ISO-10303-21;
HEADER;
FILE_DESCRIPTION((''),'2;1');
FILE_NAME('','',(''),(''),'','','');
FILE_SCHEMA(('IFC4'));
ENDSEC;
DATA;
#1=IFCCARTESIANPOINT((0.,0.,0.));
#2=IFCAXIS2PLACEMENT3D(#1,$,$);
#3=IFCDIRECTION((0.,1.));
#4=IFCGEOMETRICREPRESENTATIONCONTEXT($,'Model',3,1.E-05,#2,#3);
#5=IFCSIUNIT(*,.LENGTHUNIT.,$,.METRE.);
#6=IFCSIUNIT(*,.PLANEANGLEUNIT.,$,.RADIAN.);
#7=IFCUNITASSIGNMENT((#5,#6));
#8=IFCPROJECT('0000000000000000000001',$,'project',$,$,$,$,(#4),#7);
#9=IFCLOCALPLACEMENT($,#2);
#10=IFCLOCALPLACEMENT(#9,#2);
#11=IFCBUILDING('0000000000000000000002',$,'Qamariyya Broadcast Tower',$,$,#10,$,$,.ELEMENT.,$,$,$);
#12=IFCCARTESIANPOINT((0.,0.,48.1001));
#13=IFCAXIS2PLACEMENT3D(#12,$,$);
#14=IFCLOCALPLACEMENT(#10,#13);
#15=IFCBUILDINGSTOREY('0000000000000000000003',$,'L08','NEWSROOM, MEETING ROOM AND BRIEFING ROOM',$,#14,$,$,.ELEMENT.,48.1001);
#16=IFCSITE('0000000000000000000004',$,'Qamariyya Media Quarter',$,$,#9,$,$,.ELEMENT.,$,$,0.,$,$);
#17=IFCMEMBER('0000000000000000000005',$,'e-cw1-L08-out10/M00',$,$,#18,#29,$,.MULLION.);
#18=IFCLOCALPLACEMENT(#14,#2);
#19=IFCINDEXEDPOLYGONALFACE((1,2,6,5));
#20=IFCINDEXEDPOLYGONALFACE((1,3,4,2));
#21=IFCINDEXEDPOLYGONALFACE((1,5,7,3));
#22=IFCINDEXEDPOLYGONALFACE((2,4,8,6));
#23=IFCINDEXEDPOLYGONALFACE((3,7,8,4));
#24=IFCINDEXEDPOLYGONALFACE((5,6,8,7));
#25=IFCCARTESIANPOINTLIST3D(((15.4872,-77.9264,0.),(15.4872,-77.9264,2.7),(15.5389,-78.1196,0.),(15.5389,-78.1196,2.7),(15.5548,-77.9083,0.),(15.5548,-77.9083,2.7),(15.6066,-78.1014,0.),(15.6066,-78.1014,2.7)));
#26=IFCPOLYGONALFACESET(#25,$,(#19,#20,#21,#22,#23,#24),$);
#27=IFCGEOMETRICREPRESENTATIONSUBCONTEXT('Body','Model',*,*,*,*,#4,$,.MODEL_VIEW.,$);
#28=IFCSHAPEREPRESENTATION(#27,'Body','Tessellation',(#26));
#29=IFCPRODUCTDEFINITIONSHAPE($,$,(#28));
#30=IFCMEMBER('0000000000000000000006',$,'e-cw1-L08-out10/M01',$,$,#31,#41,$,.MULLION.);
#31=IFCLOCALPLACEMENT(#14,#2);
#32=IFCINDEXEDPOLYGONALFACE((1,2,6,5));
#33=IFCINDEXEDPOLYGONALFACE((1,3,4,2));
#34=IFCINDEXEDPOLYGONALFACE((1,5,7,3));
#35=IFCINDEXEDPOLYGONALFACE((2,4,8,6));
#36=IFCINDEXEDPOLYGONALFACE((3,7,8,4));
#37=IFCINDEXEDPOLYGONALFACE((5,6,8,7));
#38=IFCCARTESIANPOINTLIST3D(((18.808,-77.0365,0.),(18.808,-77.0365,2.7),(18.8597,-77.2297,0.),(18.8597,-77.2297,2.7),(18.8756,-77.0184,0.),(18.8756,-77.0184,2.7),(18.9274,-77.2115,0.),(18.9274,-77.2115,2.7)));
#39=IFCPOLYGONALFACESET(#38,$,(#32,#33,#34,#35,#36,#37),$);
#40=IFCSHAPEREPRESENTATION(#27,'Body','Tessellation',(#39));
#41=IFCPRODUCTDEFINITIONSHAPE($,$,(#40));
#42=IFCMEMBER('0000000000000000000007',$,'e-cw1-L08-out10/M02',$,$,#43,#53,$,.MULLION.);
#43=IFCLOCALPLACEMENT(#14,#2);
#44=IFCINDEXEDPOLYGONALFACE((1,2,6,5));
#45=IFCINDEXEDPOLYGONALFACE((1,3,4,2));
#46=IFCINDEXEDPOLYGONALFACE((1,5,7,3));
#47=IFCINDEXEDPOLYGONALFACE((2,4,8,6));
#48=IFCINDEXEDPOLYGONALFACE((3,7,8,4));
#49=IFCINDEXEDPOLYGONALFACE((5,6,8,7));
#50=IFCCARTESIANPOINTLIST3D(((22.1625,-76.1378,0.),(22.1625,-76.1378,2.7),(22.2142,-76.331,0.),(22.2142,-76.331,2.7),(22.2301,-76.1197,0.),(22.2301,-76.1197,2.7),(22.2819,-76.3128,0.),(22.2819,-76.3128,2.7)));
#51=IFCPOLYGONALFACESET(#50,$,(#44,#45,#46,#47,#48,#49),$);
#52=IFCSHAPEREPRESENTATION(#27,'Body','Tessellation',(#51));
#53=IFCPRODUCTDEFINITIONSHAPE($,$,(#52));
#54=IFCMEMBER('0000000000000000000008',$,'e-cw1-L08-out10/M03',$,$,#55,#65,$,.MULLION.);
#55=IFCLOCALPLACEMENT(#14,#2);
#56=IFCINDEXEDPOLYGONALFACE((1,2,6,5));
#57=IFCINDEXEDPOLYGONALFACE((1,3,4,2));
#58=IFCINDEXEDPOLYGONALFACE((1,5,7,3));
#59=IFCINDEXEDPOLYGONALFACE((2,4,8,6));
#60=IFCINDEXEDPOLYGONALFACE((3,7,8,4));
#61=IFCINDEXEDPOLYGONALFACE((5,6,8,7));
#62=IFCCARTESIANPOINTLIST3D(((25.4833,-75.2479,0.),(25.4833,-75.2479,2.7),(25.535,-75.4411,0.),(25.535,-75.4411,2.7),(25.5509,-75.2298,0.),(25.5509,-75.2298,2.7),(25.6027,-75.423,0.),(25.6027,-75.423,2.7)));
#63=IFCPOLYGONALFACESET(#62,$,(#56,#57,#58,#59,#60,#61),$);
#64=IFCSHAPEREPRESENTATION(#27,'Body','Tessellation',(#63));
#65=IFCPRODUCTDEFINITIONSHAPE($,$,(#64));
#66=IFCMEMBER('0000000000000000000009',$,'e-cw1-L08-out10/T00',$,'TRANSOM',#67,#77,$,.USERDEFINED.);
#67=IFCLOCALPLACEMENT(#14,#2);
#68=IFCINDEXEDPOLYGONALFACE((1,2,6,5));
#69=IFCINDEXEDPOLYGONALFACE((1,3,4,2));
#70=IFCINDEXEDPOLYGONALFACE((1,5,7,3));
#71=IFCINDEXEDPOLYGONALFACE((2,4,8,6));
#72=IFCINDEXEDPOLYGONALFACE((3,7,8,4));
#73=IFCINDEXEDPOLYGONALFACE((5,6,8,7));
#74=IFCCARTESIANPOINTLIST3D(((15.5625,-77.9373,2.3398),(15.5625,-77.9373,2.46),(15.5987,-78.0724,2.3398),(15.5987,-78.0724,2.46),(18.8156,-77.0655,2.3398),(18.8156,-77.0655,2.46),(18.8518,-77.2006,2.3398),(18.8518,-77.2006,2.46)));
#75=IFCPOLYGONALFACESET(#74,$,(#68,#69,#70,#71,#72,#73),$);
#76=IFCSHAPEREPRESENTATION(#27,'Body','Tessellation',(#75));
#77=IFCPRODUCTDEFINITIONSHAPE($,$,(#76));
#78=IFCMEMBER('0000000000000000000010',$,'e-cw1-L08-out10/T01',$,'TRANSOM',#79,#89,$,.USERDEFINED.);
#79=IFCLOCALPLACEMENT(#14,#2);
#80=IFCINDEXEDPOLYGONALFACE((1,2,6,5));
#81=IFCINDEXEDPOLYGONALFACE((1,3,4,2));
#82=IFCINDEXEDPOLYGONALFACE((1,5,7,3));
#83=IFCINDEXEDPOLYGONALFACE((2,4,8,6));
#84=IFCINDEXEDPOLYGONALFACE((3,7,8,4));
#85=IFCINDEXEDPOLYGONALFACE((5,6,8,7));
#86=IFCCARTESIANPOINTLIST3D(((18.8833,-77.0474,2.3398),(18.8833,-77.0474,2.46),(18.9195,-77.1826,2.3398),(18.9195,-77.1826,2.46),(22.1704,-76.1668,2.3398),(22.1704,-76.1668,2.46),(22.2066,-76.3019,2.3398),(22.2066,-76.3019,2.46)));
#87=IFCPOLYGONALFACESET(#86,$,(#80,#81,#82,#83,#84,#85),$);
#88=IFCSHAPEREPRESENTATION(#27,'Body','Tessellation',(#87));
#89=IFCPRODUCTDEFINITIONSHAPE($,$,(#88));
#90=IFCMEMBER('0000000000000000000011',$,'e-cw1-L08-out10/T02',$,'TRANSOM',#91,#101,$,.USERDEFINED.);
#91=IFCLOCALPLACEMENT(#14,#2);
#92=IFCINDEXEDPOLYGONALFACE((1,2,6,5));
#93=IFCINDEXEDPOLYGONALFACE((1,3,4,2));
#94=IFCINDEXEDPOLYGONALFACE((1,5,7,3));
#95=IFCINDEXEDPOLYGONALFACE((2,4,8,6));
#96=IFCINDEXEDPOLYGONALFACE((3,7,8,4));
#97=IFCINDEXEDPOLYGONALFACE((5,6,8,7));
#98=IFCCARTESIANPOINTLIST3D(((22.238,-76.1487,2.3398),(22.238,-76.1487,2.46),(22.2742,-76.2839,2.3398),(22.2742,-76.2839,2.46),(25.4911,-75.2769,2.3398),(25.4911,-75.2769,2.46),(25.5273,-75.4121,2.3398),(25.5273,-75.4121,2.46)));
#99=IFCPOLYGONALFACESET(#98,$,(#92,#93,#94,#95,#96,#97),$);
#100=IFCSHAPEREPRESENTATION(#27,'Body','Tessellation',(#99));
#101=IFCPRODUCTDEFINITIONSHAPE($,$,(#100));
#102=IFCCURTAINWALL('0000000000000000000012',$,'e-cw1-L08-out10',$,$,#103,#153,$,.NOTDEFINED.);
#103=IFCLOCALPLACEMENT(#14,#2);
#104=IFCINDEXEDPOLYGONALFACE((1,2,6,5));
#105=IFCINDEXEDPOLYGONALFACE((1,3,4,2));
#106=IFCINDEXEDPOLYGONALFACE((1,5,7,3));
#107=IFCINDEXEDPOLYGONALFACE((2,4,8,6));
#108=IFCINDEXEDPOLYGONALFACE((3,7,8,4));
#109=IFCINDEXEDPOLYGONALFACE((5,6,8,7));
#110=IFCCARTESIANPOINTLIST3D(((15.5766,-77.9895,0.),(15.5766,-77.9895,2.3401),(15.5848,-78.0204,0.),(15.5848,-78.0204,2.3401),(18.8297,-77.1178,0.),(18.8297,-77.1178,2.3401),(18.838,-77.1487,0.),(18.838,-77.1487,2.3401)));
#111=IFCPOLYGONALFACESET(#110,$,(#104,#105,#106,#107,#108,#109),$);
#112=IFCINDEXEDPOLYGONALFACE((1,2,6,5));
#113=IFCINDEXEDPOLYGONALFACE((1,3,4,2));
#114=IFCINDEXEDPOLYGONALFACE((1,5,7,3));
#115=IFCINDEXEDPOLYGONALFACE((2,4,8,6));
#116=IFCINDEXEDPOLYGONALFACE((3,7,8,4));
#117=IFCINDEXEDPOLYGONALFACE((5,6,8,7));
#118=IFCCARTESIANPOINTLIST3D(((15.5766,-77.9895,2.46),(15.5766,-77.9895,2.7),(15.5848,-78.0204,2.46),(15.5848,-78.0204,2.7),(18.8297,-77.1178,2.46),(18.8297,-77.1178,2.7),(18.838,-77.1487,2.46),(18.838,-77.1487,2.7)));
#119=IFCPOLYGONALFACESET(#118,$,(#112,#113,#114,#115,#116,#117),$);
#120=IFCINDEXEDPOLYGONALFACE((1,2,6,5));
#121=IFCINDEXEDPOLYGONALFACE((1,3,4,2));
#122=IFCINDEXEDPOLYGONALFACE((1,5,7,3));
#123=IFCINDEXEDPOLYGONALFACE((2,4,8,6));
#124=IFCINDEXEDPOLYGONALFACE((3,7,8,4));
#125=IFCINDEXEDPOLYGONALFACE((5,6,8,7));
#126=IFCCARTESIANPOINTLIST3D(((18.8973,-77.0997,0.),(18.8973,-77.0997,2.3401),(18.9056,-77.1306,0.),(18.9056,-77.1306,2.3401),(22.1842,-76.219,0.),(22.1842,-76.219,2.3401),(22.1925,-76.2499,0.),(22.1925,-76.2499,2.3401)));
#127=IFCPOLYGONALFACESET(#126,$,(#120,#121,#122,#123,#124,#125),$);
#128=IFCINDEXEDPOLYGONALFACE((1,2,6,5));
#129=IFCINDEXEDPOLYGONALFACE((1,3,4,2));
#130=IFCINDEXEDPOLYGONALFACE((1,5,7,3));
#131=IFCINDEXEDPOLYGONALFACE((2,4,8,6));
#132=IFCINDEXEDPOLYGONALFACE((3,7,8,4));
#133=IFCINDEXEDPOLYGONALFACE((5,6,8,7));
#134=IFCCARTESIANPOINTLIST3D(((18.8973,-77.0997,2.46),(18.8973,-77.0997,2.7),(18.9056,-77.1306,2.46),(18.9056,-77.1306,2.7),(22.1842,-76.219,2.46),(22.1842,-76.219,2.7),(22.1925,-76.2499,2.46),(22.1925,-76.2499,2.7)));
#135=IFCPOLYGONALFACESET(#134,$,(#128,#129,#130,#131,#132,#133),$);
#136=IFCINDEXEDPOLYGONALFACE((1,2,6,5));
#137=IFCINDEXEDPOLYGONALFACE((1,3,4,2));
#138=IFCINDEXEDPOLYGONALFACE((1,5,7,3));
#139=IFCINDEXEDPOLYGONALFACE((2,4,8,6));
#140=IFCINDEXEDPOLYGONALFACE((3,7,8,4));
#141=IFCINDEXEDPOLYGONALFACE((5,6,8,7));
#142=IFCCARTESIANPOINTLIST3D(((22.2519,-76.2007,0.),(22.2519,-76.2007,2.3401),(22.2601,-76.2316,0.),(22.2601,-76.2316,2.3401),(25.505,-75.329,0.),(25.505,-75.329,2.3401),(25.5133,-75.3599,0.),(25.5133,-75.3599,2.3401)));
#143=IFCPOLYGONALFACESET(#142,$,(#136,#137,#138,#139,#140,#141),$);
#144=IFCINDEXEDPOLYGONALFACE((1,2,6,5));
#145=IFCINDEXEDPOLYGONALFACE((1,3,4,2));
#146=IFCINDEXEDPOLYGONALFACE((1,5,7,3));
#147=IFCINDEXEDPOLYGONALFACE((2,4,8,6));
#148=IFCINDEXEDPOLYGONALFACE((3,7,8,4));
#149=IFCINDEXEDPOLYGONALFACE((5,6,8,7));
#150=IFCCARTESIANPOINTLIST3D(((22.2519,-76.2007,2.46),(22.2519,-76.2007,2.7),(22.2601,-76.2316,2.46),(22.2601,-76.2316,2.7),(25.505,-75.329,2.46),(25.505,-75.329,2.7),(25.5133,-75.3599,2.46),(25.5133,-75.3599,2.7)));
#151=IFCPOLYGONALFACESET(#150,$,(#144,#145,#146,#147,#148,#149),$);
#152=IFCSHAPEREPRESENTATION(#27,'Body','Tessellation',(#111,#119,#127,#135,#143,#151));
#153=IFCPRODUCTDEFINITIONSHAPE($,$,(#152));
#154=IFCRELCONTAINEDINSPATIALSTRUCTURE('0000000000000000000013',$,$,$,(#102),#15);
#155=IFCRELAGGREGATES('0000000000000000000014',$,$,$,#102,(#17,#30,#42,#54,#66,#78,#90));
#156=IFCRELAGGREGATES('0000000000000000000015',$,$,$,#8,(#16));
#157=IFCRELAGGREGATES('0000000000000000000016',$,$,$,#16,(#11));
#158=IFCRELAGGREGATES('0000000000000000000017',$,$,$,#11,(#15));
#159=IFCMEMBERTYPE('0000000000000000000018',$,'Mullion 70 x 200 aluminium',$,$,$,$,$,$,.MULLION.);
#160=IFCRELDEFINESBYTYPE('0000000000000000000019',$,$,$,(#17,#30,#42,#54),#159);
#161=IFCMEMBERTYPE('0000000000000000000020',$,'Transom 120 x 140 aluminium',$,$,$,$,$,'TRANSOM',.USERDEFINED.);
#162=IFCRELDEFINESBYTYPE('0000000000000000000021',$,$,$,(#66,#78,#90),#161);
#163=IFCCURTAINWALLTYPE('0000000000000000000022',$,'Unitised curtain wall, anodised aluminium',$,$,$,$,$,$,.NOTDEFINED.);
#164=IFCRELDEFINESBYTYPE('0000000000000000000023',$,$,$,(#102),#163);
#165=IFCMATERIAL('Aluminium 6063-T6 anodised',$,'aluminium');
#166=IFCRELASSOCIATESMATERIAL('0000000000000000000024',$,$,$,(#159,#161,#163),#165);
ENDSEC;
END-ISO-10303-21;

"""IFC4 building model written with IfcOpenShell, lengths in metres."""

from ifc_helpers import new_model, si_unit, direction, frame, origin, origin_2d, place, context, subcontext, project, spatial, rectangle, extrude, material, material_profile, profile_set, type_object, element, aggregate, save


model = new_model("IFC4")

# Units and contexts
model_context = context("Model", 3, precision=1e-05, world=origin(), true_north=direction((0.0, 1.0)))
body_context = subcontext(model_context, "Body", "Model", "MODEL_VIEW")
ifc_project = project(units=[si_unit("LENGTHUNIT", "METRE"), si_unit("PLANEANGLEUNIT", "RADIAN")], contexts=[model_context])

# Members
ifc_material = material(Name="Aluminium 6063-T6 anodised", Category="aluminium")
ifc_material_profile_1 = material_profile(ifc_material, rectangle(XDim=0.2, YDim=0.0701, at=origin_2d()))
ifc_profile_set_1 = profile_set([ifc_material_profile_1], Name="Aluminium 6063-T6 anodised")
member_type_1 = type_object("IfcMemberType", Name="Mullion 70 x 200 aluminium", PredefinedType="MULLION", material=ifc_profile_set_1)
site_placement = place(None, origin())
building_placement = place(site_placement, origin())
storey_placement = place(building_placement, frame((0.0, 0.0, 48.1001)))
member_1_placement = place(storey_placement, frame((15.5469, -78.0139, 0.0), z_axis=(0.0, 0.0, 1.0), x_axis=(-0.258819, 0.965926, 0.0)))
member_1 = element("IfcMember", 1, at=member_1_placement, type_object=member_type_1, Name="e-cw1-L08-out10/M00", PredefinedType="MULLION", context=body_context, shape_type="SweptSolid", body=[
    extrude(rectangle(XDim=0.2, YDim=0.0701, at=origin_2d()), origin(), (0.0, 0.0, 1.0), 2.7),
])
member_2_placement = place(storey_placement, frame((18.8677, -77.124, 0.0), z_axis=(0.0, 0.0, 1.0), x_axis=(-0.258819, 0.965926, 0.0)))
member_2 = element("IfcMember", 2, at=member_2_placement, type_object=member_type_1, Name="e-cw1-L08-out10/M01", PredefinedType="MULLION", context=body_context, shape_type="SweptSolid", body=[
    extrude(rectangle(XDim=0.2, YDim=0.0701, at=origin_2d()), origin(), (0.0, 0.0, 1.0), 2.7),
])
member_3_placement = place(storey_placement, frame((22.2222, -76.2253, 0.0), z_axis=(0.0, 0.0, 1.0), x_axis=(-0.258819, 0.965926, 0.0)))
member_3 = element("IfcMember", 3, at=member_3_placement, type_object=member_type_1, Name="e-cw1-L08-out10/M02", PredefinedType="MULLION", context=body_context, shape_type="SweptSolid", body=[
    extrude(rectangle(XDim=0.2, YDim=0.0701, at=origin_2d()), origin(), (0.0, 0.0, 1.0), 2.7),
])
member_4_placement = place(storey_placement, frame((25.543, -75.3354, 0.0), z_axis=(0.0, 0.0, 1.0), x_axis=(-0.258819, 0.965926, 0.0)))
member_4 = element("IfcMember", 4, at=member_4_placement, type_object=member_type_1, Name="e-cw1-L08-out10/M03", PredefinedType="MULLION", context=body_context, shape_type="SweptSolid", body=[
    extrude(rectangle(XDim=0.2, YDim=0.0701, at=origin_2d()), origin(), (0.0, 0.0, 1.0), 2.7),
])
ifc_material_profile_2 = material_profile(ifc_material, rectangle(XDim=0.1399, YDim=0.1201, at=origin_2d()))
ifc_profile_set_2 = profile_set([ifc_material_profile_2], Name="Aluminium 6063-T6 anodised")
member_type_2 = type_object("IfcMemberType", Name="Transom 120 x 140 aluminium", ElementType="TRANSOM", PredefinedType="USERDEFINED", material=ifc_profile_set_2)
member_5_placement = place(storey_placement, frame((15.5806, -78.0049, 2.3999), z_axis=(0.965915, 0.258858, 0.0), x_axis=(-0.258858, 0.965915, 0.0)))
member_5 = element("IfcMember", 5, at=member_5_placement, type_object=member_type_2, Name="e-cw1-L08-out10/T00", ObjectType="TRANSOM", PredefinedType="USERDEFINED", context=body_context, shape_type="SweptSolid", body=[
    extrude(rectangle(XDim=0.1399, YDim=0.1201, at=origin_2d()), origin(), (0.0, 0.0, 1.0), 3.3679),
])
member_6_placement = place(storey_placement, frame((18.9014, -77.115, 2.3999), z_axis=(0.965938, 0.258774, 0.0), x_axis=(-0.258774, 0.965938, 0.0)))
member_6 = element("IfcMember", 6, at=member_6_placement, type_object=member_type_2, Name="e-cw1-L08-out10/T01", ObjectType="TRANSOM", PredefinedType="USERDEFINED", context=body_context, shape_type="SweptSolid", body=[
    extrude(rectangle(XDim=0.1399, YDim=0.1201, at=origin_2d()), origin(), (0.0, 0.0, 1.0), 3.4031),
])
member_7_placement = place(storey_placement, frame((22.2561, -76.2163, 2.3999), z_axis=(0.965915, 0.258858, 0.0), x_axis=(-0.258858, 0.965915, 0.0)))
member_7 = element("IfcMember", 7, at=member_7_placement, type_object=member_type_2, Name="e-cw1-L08-out10/T02", ObjectType="TRANSOM", PredefinedType="USERDEFINED", context=body_context, shape_type="SweptSolid", body=[
    extrude(rectangle(XDim=0.1399, YDim=0.1201, at=origin_2d()), origin(), (0.0, 0.0, 1.0), 3.3679),
])

# Site, building, storey
site = spatial("IfcSite", under=ifc_project, at=site_placement, Name="Qamariyya Media Quarter", CompositionType="ELEMENT", RefElevation=0.0)
building = spatial("IfcBuilding", under=site, at=building_placement, Name="Qamariyya Broadcast Tower", CompositionType="ELEMENT")
storey = spatial("IfcBuildingStorey", under=building, at=storey_placement, Name="L08", Description="NEWSROOM, MEETING ROOM AND BRIEFING ROOM", CompositionType="ELEMENT", Elevation=48.1001)

# Curtain wall
curtain_wall_type = type_object("IfcCurtainWallType", Name="Unitised curtain wall, anodised aluminium", PredefinedType="NOTDEFINED", material=ifc_material)
curtain_wall_1_placement = place(storey_placement, origin())
curtain_wall_1 = element("IfcCurtainWall", 8, at=curtain_wall_1_placement, inside=storey, type_object=curtain_wall_type, Name="e-cw1-L08-out10", PredefinedType="NOTDEFINED", context=body_context, shape_type="SweptSolid", body=[
    extrude(rectangle(XDim=3.3679, YDim=0.032, at=origin_2d()), frame((17.2073, -77.5691, 0.0), x_axis=(0.965925, 0.258822, 0.0)), (0.0, 0.0, 1.0), 2.3401),
    extrude(rectangle(XDim=3.3679, YDim=0.032, at=origin_2d()), frame((17.2073, -77.5691, 2.46), x_axis=(0.965925, 0.258822, 0.0)), (0.0, 0.0, 1.0), 0.24),
    extrude(rectangle(XDim=3.4028, YDim=0.032, at=origin_2d()), frame((20.5449, -76.6748, 0.0), x_axis=(0.965925, 0.258822, 0.0)), (0.0, 0.0, 1.0), 2.3401),
    extrude(rectangle(XDim=3.4028, YDim=0.032, at=origin_2d()), frame((20.5449, -76.6748, 2.46), x_axis=(0.965925, 0.258822, 0.0)), (0.0, 0.0, 1.0), 0.24),
    extrude(rectangle(XDim=3.3679, YDim=0.032, at=origin_2d()), frame((23.8826, -75.7803, 0.0), x_axis=(0.965925, 0.258822, 0.0)), (0.0, 0.0, 1.0), 2.3401),
    extrude(rectangle(XDim=3.3679, YDim=0.032, at=origin_2d()), frame((23.8826, -75.7803, 2.46), x_axis=(0.965925, 0.258822, 0.0)), (0.0, 0.0, 1.0), 0.24),
])
aggregate(curtain_wall_1, [member_1, member_2, member_3, member_4, member_5, member_6, member_7])

save(model, "model.ifc")
